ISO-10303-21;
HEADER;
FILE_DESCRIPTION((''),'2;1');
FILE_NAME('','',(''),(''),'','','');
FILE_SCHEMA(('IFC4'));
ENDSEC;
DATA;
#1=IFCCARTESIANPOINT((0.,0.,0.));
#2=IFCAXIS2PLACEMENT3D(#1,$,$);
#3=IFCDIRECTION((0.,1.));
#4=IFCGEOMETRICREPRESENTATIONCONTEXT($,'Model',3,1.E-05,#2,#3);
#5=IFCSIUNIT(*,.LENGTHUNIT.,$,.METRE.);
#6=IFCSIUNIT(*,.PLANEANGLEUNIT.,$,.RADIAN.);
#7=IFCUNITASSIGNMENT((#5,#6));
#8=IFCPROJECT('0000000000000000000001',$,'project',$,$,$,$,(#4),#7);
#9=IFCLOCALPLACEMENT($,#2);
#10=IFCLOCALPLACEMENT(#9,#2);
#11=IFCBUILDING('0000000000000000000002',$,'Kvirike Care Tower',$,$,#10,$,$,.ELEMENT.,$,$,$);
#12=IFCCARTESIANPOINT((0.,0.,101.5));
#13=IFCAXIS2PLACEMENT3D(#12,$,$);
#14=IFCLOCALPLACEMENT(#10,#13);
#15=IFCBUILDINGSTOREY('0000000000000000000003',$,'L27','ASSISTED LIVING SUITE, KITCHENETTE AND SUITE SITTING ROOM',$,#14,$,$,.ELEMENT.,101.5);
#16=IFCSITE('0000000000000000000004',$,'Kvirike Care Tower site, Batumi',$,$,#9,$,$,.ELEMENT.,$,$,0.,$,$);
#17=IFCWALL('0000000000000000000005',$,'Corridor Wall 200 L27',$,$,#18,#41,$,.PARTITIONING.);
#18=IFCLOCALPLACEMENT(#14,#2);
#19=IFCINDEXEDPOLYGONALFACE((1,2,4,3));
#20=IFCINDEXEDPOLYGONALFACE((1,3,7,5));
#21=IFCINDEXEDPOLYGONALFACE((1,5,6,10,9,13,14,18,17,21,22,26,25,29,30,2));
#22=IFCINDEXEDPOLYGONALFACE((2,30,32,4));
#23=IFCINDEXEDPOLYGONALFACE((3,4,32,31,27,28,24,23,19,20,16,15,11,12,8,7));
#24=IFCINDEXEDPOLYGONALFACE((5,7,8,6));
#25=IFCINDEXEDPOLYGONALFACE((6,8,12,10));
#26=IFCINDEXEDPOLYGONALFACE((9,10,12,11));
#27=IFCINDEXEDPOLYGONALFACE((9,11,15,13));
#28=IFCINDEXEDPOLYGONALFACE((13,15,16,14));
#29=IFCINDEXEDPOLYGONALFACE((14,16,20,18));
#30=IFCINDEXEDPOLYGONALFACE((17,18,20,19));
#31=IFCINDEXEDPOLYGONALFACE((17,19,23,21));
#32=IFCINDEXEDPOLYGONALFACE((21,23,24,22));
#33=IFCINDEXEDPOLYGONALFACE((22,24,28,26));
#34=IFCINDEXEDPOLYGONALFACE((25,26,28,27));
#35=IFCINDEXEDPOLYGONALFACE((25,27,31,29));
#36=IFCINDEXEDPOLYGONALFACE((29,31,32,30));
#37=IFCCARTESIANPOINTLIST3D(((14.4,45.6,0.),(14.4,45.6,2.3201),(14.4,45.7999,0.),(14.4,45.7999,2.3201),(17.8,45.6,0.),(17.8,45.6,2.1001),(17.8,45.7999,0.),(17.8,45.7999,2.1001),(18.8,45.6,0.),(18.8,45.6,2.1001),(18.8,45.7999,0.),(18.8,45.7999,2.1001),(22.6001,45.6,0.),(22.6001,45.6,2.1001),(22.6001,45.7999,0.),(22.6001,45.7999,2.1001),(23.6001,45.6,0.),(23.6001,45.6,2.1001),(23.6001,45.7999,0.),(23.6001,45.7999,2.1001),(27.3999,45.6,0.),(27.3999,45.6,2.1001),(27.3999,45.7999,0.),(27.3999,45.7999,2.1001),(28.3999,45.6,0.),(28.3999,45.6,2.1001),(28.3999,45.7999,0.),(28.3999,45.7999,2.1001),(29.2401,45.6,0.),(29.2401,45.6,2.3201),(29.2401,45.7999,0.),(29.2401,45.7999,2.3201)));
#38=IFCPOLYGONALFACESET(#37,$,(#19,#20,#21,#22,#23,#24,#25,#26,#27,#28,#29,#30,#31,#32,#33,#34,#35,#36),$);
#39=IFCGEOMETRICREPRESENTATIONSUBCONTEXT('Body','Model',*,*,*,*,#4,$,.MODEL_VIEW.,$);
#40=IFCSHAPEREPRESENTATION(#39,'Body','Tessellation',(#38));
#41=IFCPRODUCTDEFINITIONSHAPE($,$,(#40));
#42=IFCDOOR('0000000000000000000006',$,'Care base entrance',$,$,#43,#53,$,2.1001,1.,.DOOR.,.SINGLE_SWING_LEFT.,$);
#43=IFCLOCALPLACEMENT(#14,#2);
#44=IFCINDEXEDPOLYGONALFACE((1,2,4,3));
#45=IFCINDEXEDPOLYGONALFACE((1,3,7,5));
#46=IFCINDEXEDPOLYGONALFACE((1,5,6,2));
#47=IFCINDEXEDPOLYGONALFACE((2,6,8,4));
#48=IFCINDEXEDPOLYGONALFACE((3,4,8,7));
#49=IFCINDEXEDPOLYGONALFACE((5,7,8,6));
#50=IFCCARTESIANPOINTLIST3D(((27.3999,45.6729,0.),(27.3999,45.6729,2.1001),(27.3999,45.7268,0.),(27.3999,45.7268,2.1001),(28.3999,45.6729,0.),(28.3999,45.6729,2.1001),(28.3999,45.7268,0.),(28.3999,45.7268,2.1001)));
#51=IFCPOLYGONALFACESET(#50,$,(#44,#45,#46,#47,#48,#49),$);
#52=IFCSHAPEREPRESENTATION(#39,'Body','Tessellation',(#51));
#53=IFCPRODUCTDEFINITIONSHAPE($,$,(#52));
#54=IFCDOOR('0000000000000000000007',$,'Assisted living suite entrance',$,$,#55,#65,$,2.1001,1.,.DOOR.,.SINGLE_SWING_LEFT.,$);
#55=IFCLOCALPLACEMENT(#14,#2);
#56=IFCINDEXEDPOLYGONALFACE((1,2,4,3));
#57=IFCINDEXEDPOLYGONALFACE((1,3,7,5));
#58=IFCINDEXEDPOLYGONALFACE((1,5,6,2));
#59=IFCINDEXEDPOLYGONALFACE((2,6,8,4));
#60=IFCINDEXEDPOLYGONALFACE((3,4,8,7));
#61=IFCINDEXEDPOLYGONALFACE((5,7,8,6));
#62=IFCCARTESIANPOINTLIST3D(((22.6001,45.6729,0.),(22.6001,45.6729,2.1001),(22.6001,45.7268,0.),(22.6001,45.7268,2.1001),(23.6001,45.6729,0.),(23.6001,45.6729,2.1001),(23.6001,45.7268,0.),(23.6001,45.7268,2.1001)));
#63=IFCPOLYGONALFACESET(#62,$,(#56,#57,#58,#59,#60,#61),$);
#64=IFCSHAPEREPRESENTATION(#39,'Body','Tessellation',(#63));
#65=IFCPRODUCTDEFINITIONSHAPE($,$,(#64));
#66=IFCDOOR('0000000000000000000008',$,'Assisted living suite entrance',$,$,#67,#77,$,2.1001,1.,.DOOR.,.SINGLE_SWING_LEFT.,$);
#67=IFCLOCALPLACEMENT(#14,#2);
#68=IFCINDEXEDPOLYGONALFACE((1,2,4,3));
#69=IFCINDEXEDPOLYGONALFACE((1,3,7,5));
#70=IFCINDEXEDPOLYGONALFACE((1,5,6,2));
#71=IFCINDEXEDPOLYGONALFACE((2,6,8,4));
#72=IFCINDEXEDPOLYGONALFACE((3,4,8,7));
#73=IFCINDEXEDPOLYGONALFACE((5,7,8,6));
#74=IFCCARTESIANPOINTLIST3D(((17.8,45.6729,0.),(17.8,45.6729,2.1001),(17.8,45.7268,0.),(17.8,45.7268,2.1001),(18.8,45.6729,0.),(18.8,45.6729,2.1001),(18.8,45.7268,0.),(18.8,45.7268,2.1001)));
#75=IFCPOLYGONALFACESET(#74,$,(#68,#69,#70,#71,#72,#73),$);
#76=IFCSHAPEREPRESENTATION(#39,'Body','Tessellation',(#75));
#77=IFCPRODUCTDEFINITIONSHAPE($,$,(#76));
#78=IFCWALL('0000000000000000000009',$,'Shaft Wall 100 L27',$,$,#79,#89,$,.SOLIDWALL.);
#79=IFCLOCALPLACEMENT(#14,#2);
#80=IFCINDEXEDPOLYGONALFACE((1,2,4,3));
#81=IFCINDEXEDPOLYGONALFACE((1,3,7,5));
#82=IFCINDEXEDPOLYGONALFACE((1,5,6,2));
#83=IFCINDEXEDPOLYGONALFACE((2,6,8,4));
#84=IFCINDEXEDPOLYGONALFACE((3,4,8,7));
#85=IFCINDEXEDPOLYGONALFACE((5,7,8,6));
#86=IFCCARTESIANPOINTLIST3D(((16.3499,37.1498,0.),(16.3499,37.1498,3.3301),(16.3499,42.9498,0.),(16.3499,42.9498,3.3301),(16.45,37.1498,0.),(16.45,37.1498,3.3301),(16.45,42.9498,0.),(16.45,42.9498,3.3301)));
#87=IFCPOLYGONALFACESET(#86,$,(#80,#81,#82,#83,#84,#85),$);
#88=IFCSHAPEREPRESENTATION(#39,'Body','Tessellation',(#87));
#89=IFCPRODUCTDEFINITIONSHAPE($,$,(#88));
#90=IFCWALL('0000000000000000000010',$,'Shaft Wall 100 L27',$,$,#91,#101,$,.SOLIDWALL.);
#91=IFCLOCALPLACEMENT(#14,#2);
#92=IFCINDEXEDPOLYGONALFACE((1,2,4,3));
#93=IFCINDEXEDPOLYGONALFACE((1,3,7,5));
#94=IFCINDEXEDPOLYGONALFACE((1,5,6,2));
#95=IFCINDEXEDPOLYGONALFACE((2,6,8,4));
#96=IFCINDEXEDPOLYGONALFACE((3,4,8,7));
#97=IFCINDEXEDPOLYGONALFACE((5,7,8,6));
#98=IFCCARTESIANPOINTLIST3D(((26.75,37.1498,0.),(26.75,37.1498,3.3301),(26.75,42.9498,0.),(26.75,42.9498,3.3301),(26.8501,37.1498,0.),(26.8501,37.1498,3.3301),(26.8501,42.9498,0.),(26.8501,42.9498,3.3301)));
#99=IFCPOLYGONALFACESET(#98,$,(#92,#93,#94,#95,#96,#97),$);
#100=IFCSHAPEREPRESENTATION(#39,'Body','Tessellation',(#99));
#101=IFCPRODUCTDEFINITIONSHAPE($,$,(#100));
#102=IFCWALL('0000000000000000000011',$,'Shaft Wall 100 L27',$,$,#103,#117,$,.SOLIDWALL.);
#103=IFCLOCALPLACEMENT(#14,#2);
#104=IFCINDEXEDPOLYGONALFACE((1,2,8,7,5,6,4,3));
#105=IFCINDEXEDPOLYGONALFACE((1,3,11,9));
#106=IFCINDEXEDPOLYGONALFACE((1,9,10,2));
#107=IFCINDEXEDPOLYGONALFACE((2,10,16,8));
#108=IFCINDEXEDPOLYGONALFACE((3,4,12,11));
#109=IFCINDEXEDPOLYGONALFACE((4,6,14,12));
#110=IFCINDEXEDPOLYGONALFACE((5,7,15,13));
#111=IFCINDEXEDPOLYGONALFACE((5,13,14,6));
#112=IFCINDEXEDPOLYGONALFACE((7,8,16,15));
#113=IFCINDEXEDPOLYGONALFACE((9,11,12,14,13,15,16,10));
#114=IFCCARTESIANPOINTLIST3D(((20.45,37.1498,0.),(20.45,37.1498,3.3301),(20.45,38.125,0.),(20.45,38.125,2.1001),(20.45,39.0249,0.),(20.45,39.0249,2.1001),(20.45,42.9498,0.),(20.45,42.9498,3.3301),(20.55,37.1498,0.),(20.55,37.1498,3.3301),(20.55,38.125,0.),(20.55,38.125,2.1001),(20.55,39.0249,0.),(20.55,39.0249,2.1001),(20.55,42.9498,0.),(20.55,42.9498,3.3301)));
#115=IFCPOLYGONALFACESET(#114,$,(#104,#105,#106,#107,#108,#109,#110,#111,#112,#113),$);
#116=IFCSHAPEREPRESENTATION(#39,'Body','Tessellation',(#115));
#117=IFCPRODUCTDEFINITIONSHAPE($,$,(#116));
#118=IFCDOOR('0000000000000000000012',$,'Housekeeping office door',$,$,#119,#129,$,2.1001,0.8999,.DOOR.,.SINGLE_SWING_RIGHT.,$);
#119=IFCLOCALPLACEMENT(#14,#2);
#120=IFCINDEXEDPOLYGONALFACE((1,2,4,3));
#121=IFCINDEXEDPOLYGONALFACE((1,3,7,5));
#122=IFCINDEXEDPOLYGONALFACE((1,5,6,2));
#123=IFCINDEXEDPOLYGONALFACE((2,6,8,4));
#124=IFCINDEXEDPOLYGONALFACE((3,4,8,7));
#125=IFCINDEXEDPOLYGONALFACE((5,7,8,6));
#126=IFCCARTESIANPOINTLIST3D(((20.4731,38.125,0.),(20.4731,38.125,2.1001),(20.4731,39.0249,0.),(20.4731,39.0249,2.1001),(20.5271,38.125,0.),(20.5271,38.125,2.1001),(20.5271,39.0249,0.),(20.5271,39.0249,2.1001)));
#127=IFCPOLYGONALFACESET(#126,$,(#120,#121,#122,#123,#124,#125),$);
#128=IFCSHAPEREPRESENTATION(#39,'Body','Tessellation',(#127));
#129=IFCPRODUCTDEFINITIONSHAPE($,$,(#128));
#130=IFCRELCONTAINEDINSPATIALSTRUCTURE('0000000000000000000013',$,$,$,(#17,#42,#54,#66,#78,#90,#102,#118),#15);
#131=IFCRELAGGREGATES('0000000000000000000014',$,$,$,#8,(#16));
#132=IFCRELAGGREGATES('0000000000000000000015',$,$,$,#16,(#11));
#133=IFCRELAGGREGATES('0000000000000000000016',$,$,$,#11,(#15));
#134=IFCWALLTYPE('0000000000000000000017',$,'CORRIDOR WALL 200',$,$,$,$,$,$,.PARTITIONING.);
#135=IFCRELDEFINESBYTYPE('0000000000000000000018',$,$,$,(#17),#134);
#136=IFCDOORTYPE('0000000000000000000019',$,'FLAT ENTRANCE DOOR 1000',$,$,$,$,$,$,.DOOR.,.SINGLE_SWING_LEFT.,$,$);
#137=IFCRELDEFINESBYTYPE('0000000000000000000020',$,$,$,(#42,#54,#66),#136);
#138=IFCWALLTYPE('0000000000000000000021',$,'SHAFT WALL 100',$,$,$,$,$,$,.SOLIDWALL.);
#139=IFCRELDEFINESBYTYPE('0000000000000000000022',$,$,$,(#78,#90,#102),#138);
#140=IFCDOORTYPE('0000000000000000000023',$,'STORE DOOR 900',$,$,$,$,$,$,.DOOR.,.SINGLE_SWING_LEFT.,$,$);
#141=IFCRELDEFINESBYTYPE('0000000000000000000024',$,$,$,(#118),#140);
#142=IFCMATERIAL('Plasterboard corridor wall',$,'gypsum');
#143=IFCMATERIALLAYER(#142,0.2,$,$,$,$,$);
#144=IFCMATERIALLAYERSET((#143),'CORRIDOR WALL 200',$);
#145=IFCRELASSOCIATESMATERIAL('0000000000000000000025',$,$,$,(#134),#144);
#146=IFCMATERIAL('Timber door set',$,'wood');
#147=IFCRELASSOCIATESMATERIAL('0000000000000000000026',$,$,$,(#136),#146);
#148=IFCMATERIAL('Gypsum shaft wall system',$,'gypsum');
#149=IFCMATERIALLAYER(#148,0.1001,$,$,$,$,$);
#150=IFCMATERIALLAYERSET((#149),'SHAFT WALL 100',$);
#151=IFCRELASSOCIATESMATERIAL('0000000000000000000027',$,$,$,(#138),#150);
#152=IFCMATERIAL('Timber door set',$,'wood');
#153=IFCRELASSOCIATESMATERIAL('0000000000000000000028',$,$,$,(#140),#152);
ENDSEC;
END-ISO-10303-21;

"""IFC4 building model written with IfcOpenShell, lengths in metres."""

from ifc_helpers import new_model, si_unit, direction, frame, frame_2d, origin, place, context, subcontext, project, spatial, rectangle, extrude, material, layer, layer_set, type_object, element, fill, save


model = new_model("IFC4")

# Units and contexts
model_context = context("Model", 3, precision=1e-05, world=origin(), true_north=direction((0.0, 1.0)))
body_context = subcontext(model_context, "Body", "Model", "MODEL_VIEW")
ifc_project = project(units=[si_unit("LENGTHUNIT", "METRE"), si_unit("PLANEANGLEUNIT", "RADIAN")], contexts=[model_context])

# Site, building, storey
site_placement = place(None, origin())
site = spatial("IfcSite", under=ifc_project, at=site_placement, Name="Kvirike Care Tower site, Batumi", CompositionType="ELEMENT", RefElevation=0.0)
building_placement = place(site_placement, origin())
building = spatial("IfcBuilding", under=site, at=building_placement, Name="Kvirike Care Tower", CompositionType="ELEMENT")
storey_placement = place(building_placement, frame((0.0, 0.0, 101.5)))
storey = spatial("IfcBuildingStorey", under=building, at=storey_placement, Name="L27", Description="ASSISTED LIVING SUITE, KITCHENETTE AND SUITE SITTING ROOM", CompositionType="ELEMENT", Elevation=101.5)

# Wall, openings, doors
ifc_material_1 = material(Name="Plasterboard corridor wall", Category="gypsum")
ifc_layer_1 = layer(ifc_material_1, 0.2)
ifc_layer_set_1 = layer_set([ifc_layer_1], Name="CORRIDOR WALL 200")
wall_type_1 = type_object("IfcWallType", Name="CORRIDOR WALL 200", PredefinedType="PARTITIONING", material=ifc_layer_set_1)
wall_1_placement = place(storey_placement, frame((29.24, 45.7, 0.0), z_axis=(0.0, 0.0, 1.0), x_axis=(-1.0, 0.0, 0.0)))
wall_1 = element("IfcWall", 1, at=wall_1_placement, inside=storey, type_object=wall_type_1, Name="Corridor Wall 200 L27", PredefinedType="PARTITIONING", context=body_context, shape_type="SweptSolid", body=[
    extrude(rectangle(XDim=14.8401, YDim=0.2, at=frame_2d((7.4199, 0.0))), origin(), (0.0, 0.0, 1.0), 2.3201),
])
opening_1_placement = place(wall_1_placement, frame((0.8401, 0.0, 0.0)))
opening_1 = element("IfcOpeningElement", 2, at=opening_1_placement, cuts=wall_1, PredefinedType="OPENING", context=body_context, shape_type="SweptSolid", body=[
    extrude(rectangle(XDim=1.0, YDim=2.1001, at=frame_2d((0.5, 1.05))), frame((0.0, 0.1106, 0.0), z_axis=(0.0, -1.0, 0.0), x_axis=(1.0, 0.0, 0.0)), (0.0, 0.0, 1.0), 0.2209),
])
opening_2_placement = place(wall_1_placement, frame((5.6399, 0.0, 0.0)))
opening_2 = element("IfcOpeningElement", 3, at=opening_2_placement, cuts=wall_1, PredefinedType="OPENING", context=body_context, shape_type="SweptSolid", body=[
    extrude(rectangle(XDim=1.0, YDim=2.1001, at=frame_2d((0.5, 1.05))), frame((0.0, 0.1106, 0.0), z_axis=(0.0, -1.0, 0.0), x_axis=(1.0, 0.0, 0.0)), (0.0, 0.0, 1.0), 0.2209),
])
opening_3_placement = place(wall_1_placement, frame((10.4399, 0.0, 0.0)))
opening_3 = element("IfcOpeningElement", 4, at=opening_3_placement, cuts=wall_1, PredefinedType="OPENING", context=body_context, shape_type="SweptSolid", body=[
    extrude(rectangle(XDim=1.0, YDim=2.1001, at=frame_2d((0.5, 1.05))), frame((0.0, 0.1106, 0.0), z_axis=(0.0, -1.0, 0.0), x_axis=(1.0, 0.0, 0.0)), (0.0, 0.0, 1.0), 0.2209),
])
ifc_material_2 = material(Name="Timber door set", Category="wood")
door_type_1 = type_object("IfcDoorType", Name="FLAT ENTRANCE DOOR 1000", OperationType="SINGLE_SWING_LEFT", PredefinedType="DOOR", material=ifc_material_2)
door_1_placement = place(opening_1_placement, frame((1.0, 0.0, 0.0), z_axis=(0.0, 0.0, 1.0), x_axis=(-1.0, 0.0, 0.0)))
door_1 = element("IfcDoor", 5, at=door_1_placement, inside=storey, type_object=door_type_1, Name="Care base entrance", OperationType="SINGLE_SWING_LEFT", OverallHeight=2.1001, OverallWidth=1.0, PredefinedType="DOOR", context=body_context, shape_type="SweptSolid", body=[
    extrude(rectangle(XDim=1.0, YDim=2.1001, at=frame_2d((0.5, 1.05))), frame((0.0, 0.0269, 0.0), z_axis=(0.0, -1.0, 0.0), x_axis=(1.0, 0.0, 0.0)), (0.0, 0.0, 1.0), 0.054),
])
fill(opening_1, door_1)
door_2_placement = place(opening_2_placement, frame((1.0, 0.0, 0.0), z_axis=(0.0, 0.0, 1.0), x_axis=(-1.0, 0.0, 0.0)))
door_2 = element("IfcDoor", 6, at=door_2_placement, inside=storey, type_object=door_type_1, Name="Assisted living suite entrance", OperationType="SINGLE_SWING_LEFT", OverallHeight=2.1001, OverallWidth=1.0, PredefinedType="DOOR", context=body_context, shape_type="SweptSolid", body=[
    extrude(rectangle(XDim=1.0, YDim=2.1001, at=frame_2d((0.5, 1.05))), frame((0.0, 0.0269, 0.0), z_axis=(0.0, -1.0, 0.0), x_axis=(1.0, 0.0, 0.0)), (0.0, 0.0, 1.0), 0.054),
])
fill(opening_2, door_2)
door_3_placement = place(opening_3_placement, frame((1.0, 0.0, 0.0), z_axis=(0.0, 0.0, 1.0), x_axis=(-1.0, 0.0, 0.0)))
door_3 = element("IfcDoor", 7, at=door_3_placement, inside=storey, type_object=door_type_1, Name="Assisted living suite entrance", OperationType="SINGLE_SWING_LEFT", OverallHeight=2.1001, OverallWidth=1.0, PredefinedType="DOOR", context=body_context, shape_type="SweptSolid", body=[
    extrude(rectangle(XDim=1.0, YDim=2.1001, at=frame_2d((0.5, 1.05))), frame((0.0, 0.0269, 0.0), z_axis=(0.0, -1.0, 0.0), x_axis=(1.0, 0.0, 0.0)), (0.0, 0.0, 1.0), 0.054),
])
fill(opening_3, door_3)

# Walls
ifc_material_3 = material(Name="Gypsum shaft wall system", Category="gypsum")
ifc_layer_2 = layer(ifc_material_3, 0.1001)
ifc_layer_set_2 = layer_set([ifc_layer_2], Name="SHAFT WALL 100")
wall_type_2 = type_object("IfcWallType", Name="SHAFT WALL 100", PredefinedType="SOLIDWALL", material=ifc_layer_set_2)
for number, where, z_axis, x_axis, name in (
    (8, (16.3999, 37.1499, 0.0), (0.0, 0.0, 1.0), (0.0, 1.0, 0.0), "Shaft Wall 100 L27"),
    (9, (26.8, 37.1499, 0.0), (0.0, 0.0, 1.0), (0.0, 1.0, 0.0), "Shaft Wall 100 L27"),
):
    element("IfcWall", number, at=place(storey_placement, frame(where, z_axis=z_axis, x_axis=x_axis)), inside=storey, type_object=wall_type_2, Name=name, PredefinedType="SOLIDWALL", context=body_context, shape_type="SweptSolid", body=[
        extrude(rectangle(XDim=5.8, YDim=0.1001, at=frame_2d((2.8999, 0.0))), origin(), (0.0, 0.0, 1.0), 3.3301),
    ])

# Wall, opening, door
wall_2_placement = place(storey_placement, frame((20.5, 37.1499, 0.0), z_axis=(0.0, 0.0, 1.0), x_axis=(0.0, 1.0, 0.0)))
wall_2 = element("IfcWall", 10, at=wall_2_placement, inside=storey, type_object=wall_type_2, Name="Shaft Wall 100 L27", PredefinedType="SOLIDWALL", context=body_context, shape_type="SweptSolid", body=[
    extrude(rectangle(XDim=5.8, YDim=0.1001, at=frame_2d((2.8999, 0.0))), origin(), (0.0, 0.0, 1.0), 3.3301),
])
opening_4_placement = place(wall_2_placement, frame((0.9751, 0.0, 0.0)))
opening_4 = element("IfcOpeningElement", 11, at=opening_4_placement, cuts=wall_2, PredefinedType="OPENING", context=body_context, shape_type="SweptSolid", body=[
    extrude(rectangle(XDim=0.8999, YDim=2.1001, at=frame_2d((0.45, 1.05))), frame((0.0, 0.0605, 0.0), z_axis=(0.0, -1.0, 0.0), x_axis=(1.0, 0.0, 0.0)), (0.0, 0.0, 1.0), 0.1211),
])
ifc_material_4 = material(Name="Timber door set", Category="wood")
door_type_2 = type_object("IfcDoorType", Name="STORE DOOR 900", OperationType="SINGLE_SWING_LEFT", PredefinedType="DOOR", material=ifc_material_4)
door_4_placement = place(opening_4_placement, origin())
door_4 = element("IfcDoor", 12, at=door_4_placement, inside=storey, type_object=door_type_2, Name="Housekeeping office door", OperationType="SINGLE_SWING_RIGHT", OverallHeight=2.1001, OverallWidth=0.8999, PredefinedType="DOOR", context=body_context, shape_type="SweptSolid", body=[
    extrude(rectangle(XDim=0.8999, YDim=2.1001, at=frame_2d((0.45, 1.05))), frame((0.0, 0.0269, 0.0), z_axis=(0.0, -1.0, 0.0), x_axis=(1.0, 0.0, 0.0)), (0.0, 0.0, 1.0), 0.054),
])
fill(opening_4, door_4)

save(model, "model.ifc")
